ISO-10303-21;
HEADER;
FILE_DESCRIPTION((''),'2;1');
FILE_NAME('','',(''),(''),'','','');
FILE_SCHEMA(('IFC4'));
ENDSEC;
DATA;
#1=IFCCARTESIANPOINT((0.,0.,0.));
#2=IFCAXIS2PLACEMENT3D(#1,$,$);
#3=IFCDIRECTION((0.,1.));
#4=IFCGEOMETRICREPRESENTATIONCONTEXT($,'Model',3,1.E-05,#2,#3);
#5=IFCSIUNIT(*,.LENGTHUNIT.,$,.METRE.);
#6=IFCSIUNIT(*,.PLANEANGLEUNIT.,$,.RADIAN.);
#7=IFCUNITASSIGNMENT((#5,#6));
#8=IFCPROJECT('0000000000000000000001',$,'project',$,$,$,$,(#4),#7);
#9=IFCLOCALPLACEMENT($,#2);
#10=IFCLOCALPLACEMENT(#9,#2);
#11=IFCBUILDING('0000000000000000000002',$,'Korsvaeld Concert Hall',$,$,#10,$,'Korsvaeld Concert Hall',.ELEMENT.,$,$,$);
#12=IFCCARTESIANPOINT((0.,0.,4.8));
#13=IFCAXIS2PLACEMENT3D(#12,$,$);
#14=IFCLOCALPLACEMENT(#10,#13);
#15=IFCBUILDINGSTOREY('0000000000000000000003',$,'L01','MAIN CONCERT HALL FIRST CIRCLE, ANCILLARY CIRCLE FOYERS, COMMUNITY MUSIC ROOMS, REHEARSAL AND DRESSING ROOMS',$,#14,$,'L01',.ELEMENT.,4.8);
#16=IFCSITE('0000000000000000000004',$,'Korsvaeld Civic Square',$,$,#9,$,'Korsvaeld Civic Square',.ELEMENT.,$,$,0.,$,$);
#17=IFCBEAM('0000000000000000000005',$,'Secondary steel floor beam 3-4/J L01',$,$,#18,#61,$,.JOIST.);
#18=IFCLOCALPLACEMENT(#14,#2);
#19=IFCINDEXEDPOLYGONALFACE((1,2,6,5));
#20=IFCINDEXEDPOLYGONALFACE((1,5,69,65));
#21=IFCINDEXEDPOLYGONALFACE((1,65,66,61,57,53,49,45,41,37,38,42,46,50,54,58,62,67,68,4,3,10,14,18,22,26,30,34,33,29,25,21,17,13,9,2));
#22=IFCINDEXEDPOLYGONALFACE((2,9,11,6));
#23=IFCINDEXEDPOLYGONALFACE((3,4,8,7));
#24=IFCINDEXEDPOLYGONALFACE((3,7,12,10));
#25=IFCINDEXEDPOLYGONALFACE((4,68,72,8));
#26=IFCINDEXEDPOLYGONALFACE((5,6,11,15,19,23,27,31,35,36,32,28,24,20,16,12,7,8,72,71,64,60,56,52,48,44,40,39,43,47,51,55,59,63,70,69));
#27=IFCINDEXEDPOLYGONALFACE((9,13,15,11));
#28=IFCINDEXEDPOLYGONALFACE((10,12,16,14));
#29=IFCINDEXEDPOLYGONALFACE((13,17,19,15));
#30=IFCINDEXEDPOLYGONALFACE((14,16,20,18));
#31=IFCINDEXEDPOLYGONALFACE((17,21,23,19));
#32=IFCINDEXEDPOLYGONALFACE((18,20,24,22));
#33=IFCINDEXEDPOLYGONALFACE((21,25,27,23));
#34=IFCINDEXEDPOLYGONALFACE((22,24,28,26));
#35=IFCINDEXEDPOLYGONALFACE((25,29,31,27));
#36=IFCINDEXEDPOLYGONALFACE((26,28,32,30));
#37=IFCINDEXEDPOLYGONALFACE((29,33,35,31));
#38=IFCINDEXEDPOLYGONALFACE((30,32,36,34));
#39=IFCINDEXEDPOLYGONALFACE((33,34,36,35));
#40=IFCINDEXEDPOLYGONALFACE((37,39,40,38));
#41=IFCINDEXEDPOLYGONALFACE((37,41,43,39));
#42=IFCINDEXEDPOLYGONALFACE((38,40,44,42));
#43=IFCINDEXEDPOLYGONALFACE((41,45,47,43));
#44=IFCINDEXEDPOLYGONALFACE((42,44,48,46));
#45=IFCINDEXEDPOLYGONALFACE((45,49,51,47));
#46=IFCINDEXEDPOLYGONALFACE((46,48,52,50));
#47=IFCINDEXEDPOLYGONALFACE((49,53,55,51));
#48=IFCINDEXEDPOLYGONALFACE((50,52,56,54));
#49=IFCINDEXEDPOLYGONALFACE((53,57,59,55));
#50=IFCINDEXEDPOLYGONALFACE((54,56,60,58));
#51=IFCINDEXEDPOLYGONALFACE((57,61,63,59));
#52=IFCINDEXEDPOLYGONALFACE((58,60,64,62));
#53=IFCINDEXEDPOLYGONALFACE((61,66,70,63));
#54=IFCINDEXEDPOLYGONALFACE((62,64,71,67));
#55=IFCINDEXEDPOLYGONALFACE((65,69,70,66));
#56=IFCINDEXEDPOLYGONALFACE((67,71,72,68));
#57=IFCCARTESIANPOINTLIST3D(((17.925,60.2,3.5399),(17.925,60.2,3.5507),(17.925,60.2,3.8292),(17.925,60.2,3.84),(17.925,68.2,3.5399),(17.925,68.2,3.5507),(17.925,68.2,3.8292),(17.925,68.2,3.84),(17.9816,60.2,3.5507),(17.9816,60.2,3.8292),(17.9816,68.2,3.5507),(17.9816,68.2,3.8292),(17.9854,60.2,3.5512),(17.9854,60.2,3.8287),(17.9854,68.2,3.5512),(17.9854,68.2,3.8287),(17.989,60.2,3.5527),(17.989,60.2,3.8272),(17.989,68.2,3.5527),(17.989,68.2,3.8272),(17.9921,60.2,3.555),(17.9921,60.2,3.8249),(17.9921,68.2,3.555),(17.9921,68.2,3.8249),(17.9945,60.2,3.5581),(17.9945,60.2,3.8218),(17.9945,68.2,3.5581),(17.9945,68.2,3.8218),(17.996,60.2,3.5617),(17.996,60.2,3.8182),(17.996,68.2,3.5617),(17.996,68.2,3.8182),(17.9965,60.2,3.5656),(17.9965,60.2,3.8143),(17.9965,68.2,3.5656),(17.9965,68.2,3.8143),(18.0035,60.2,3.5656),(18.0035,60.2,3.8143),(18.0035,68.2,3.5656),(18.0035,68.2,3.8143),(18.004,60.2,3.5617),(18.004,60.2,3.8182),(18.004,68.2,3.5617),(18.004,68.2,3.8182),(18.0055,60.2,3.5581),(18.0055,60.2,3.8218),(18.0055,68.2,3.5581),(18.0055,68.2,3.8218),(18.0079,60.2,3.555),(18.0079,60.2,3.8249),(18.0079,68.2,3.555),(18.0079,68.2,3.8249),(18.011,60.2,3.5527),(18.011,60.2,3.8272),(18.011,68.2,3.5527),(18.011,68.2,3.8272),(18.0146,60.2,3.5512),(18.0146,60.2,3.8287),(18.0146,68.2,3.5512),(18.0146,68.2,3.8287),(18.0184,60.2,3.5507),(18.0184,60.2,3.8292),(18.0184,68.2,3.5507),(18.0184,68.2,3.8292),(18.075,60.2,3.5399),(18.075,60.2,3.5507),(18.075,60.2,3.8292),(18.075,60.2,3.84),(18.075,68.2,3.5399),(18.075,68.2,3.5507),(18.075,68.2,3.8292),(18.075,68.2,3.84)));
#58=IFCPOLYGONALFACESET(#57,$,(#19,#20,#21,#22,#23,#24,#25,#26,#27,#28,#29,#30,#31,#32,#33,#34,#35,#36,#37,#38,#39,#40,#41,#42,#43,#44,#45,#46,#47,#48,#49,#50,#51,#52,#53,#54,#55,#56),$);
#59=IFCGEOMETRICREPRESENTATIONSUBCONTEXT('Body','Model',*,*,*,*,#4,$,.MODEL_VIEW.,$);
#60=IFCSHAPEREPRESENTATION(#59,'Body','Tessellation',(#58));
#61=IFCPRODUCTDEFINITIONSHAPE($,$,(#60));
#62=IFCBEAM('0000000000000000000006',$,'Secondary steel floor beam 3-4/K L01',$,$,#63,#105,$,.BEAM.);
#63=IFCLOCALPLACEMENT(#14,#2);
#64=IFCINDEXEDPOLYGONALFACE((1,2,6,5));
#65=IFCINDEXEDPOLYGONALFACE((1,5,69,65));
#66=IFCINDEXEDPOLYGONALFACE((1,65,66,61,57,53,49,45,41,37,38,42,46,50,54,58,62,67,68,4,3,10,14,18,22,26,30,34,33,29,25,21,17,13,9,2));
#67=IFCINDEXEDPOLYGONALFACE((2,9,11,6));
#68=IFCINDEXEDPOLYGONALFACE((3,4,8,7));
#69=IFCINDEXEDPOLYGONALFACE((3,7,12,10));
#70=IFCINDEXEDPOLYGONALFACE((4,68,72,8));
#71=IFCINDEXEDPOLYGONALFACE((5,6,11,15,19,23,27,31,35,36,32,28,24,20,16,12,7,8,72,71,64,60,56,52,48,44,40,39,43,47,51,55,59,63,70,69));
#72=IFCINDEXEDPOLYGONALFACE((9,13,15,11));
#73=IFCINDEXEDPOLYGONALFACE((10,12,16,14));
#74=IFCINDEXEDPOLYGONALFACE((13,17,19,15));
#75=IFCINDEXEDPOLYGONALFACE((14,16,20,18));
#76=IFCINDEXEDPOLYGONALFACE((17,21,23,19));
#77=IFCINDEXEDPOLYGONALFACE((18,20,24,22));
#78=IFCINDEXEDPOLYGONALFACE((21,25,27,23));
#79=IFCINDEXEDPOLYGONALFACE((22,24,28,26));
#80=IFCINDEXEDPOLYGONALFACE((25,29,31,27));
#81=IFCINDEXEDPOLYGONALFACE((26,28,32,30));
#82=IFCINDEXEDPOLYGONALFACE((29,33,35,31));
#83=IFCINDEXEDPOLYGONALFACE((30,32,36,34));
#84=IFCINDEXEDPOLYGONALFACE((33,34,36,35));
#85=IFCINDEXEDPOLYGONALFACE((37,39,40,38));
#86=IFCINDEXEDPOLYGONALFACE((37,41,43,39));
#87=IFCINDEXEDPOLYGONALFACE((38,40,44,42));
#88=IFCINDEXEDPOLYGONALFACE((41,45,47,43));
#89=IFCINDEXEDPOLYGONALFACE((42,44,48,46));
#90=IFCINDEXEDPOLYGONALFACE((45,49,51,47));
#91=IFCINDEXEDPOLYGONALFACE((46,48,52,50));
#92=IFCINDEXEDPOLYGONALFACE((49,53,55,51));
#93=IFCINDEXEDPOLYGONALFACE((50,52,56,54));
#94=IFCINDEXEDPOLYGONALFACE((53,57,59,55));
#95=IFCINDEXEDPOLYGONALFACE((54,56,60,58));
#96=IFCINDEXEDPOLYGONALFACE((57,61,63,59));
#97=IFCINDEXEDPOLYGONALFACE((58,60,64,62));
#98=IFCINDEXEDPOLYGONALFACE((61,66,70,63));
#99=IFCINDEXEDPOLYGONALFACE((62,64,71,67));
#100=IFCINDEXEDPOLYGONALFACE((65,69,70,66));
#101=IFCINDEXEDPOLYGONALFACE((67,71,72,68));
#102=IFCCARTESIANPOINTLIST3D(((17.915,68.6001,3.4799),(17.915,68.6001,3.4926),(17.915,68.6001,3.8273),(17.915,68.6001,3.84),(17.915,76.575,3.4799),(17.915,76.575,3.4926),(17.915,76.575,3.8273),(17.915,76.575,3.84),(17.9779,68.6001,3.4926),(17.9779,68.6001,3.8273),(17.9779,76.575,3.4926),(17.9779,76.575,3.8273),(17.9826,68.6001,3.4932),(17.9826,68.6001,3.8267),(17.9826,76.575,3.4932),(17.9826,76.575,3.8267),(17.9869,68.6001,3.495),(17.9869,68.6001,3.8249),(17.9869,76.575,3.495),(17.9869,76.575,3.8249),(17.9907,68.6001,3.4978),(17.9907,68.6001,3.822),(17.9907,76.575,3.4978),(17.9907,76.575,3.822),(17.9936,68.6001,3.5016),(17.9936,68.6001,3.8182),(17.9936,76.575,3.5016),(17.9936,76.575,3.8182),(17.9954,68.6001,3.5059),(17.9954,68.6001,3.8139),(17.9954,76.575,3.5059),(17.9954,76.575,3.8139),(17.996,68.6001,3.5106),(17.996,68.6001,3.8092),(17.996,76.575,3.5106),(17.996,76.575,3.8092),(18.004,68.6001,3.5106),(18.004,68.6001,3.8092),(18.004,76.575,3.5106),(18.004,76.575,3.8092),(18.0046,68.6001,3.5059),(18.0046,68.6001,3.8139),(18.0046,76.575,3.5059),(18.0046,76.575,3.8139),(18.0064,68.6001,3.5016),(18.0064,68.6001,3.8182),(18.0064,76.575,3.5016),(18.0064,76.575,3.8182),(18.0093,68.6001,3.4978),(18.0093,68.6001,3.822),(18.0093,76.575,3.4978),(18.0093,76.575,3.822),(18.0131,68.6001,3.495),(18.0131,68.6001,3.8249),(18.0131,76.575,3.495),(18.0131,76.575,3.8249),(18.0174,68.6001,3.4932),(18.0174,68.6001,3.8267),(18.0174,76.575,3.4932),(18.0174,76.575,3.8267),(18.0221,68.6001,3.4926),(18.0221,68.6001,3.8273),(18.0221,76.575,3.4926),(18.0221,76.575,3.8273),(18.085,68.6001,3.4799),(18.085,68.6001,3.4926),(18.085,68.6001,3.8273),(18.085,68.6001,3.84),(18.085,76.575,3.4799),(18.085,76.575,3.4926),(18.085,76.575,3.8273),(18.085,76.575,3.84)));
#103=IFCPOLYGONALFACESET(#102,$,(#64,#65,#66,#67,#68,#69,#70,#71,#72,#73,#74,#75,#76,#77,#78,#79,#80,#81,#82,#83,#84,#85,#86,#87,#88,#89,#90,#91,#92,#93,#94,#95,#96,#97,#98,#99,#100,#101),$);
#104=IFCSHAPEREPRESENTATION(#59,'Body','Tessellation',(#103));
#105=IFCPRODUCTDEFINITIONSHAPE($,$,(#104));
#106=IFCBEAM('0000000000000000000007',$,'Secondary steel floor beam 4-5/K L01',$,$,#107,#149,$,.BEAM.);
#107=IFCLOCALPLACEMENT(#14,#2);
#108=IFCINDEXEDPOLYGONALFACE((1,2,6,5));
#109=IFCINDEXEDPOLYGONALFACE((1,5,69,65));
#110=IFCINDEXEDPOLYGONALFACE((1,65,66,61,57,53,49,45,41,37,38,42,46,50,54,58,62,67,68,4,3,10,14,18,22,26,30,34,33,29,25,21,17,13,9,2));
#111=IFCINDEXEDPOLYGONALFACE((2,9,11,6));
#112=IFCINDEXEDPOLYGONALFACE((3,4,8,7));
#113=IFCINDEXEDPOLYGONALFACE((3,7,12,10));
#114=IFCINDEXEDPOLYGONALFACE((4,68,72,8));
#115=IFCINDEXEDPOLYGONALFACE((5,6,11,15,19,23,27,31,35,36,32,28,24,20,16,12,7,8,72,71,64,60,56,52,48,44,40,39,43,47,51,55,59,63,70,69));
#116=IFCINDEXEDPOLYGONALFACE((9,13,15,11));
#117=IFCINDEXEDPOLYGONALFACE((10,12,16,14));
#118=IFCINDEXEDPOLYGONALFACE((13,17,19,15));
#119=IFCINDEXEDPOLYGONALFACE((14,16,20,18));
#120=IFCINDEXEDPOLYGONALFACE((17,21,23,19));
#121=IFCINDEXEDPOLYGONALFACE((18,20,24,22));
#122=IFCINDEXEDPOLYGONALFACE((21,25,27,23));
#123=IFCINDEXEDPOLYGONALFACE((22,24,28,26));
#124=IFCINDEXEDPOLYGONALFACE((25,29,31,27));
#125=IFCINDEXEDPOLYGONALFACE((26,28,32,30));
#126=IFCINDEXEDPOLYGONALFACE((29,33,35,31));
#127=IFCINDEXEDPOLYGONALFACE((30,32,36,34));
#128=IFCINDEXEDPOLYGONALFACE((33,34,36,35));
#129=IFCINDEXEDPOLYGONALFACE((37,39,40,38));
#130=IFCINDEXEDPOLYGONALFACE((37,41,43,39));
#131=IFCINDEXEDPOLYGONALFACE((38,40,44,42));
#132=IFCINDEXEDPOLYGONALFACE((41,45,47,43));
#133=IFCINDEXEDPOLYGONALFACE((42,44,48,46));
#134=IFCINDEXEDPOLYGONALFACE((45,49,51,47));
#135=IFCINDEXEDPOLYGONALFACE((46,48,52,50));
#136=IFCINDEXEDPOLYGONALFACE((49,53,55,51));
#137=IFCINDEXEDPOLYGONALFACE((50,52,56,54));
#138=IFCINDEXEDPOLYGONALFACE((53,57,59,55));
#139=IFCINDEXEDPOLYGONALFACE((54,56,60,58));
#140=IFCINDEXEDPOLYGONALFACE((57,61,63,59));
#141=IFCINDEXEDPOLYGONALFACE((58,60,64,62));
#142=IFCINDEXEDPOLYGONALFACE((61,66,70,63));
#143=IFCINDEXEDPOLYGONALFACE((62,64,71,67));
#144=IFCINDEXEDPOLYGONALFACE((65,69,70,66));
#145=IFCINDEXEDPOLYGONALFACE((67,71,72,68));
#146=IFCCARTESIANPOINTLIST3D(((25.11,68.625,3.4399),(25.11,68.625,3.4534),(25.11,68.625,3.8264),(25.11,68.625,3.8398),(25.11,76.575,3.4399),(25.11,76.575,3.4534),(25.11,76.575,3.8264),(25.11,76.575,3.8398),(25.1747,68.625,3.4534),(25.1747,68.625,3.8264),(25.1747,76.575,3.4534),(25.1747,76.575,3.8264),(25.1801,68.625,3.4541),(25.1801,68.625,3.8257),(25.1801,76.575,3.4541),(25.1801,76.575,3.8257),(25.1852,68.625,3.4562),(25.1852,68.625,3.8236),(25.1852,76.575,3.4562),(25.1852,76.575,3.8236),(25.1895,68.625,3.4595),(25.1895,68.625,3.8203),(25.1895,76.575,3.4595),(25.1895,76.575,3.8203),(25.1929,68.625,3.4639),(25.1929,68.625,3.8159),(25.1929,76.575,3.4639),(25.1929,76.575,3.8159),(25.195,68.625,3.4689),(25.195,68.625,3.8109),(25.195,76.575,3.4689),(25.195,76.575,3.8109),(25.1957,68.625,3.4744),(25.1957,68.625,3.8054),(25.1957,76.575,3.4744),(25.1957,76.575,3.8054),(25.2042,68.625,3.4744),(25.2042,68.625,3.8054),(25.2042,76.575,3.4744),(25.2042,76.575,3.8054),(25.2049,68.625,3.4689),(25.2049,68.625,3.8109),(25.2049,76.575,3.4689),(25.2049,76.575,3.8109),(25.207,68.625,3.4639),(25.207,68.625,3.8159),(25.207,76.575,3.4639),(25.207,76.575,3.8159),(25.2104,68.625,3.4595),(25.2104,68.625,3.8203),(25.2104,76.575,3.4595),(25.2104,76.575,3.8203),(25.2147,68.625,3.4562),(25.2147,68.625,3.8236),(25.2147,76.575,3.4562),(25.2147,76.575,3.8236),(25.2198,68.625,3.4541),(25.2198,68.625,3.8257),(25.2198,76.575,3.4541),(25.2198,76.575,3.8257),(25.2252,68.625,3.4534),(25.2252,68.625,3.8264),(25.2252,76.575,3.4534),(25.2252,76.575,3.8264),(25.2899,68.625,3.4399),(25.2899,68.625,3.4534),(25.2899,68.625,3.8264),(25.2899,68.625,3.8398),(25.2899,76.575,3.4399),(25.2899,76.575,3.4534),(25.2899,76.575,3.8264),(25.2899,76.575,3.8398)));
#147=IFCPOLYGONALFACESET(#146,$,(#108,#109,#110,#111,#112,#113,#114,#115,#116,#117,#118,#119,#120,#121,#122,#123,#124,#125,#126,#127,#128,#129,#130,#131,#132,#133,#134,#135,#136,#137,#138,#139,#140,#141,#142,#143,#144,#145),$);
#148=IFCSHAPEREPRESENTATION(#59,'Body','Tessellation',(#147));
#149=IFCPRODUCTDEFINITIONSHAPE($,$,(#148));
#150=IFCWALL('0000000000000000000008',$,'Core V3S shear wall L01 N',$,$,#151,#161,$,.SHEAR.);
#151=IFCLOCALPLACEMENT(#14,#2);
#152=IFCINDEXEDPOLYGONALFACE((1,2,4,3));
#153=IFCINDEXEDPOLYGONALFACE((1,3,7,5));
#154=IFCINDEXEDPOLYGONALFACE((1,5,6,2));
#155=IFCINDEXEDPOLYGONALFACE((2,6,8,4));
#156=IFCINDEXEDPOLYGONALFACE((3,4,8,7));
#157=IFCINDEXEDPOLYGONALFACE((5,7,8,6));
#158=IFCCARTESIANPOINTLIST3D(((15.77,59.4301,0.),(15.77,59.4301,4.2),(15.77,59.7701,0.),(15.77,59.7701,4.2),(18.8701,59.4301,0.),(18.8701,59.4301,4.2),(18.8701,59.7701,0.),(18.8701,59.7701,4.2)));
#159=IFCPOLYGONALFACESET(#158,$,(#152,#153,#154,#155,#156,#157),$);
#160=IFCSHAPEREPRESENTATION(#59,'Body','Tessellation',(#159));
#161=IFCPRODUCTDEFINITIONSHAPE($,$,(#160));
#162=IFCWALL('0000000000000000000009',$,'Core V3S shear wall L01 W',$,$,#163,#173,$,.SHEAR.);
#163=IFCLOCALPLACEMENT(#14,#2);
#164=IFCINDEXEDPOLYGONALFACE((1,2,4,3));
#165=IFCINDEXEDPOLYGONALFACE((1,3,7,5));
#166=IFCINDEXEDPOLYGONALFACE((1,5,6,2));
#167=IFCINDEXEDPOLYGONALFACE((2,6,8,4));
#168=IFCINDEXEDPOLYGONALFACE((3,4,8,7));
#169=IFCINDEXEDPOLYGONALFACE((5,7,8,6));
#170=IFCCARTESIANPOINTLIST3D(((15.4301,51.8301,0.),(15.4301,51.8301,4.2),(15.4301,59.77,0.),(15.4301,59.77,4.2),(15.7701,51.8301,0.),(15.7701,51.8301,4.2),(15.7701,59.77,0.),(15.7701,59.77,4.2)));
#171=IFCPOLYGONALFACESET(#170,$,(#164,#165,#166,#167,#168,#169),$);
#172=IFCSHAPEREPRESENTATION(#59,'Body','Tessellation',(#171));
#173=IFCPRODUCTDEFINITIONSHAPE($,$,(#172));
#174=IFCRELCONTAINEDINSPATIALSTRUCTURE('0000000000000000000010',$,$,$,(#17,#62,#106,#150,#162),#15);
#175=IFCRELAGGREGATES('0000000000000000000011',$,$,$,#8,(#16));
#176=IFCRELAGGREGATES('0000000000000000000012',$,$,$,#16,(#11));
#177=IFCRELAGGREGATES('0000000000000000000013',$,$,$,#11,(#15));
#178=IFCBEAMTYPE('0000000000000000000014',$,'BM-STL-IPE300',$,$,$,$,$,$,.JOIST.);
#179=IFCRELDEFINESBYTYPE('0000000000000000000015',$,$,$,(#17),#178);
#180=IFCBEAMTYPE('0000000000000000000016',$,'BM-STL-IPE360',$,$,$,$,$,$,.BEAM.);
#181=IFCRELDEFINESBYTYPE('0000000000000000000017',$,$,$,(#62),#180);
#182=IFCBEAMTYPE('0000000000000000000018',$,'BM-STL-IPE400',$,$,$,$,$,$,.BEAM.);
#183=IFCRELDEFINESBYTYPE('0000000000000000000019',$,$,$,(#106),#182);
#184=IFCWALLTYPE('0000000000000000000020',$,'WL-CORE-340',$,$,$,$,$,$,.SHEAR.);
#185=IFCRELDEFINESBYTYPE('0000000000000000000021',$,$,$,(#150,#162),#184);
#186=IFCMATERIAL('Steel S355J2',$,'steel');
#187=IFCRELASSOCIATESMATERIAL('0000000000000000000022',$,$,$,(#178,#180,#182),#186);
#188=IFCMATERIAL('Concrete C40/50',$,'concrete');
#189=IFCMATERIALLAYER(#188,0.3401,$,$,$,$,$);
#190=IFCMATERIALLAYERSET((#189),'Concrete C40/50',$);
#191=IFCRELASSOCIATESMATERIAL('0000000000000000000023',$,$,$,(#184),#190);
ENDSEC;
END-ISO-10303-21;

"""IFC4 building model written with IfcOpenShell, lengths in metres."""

from ifc_helpers import new_model, si_unit, direction, frame, frame_2d, origin, origin_2d, place, context, subcontext, project, spatial, rectangle, i_section, extrude, material, layer, layer_set, material_profile, profile_set, type_object, element, save


model = new_model("IFC4")

# Units and contexts
model_context = context("Model", 3, precision=1e-05, world=origin(), true_north=direction((0.0, 1.0)))
body_context = subcontext(model_context, "Body", "Model", "MODEL_VIEW")
ifc_project = project(units=[si_unit("LENGTHUNIT", "METRE"), si_unit("PLANEANGLEUNIT", "RADIAN")], contexts=[model_context])

# Site, building, storey
site_placement = place(None, origin())
site = spatial("IfcSite", under=ifc_project, at=site_placement, Name="Korsvaeld Civic Square", LongName="Korsvaeld Civic Square", CompositionType="ELEMENT", RefElevation=0.0)
building_placement = place(site_placement, origin())
building = spatial("IfcBuilding", under=site, at=building_placement, Name="Korsvaeld Concert Hall", LongName="Korsvaeld Concert Hall", CompositionType="ELEMENT")
storey_placement = place(building_placement, frame((0.0, 0.0, 4.8)))
storey = spatial("IfcBuildingStorey", under=building, at=storey_placement, Name="L01", Description="MAIN CONCERT HALL FIRST CIRCLE, ANCILLARY CIRCLE FOYERS, COMMUNITY MUSIC ROOMS, REHEARSAL AND DRESSING ROOMS", LongName="L01", CompositionType="ELEMENT", Elevation=4.8)

# Shared definitions
ifc_material_1 = material(Name="Concrete C40/50", Category="concrete")

# Beams
ifc_material_2 = material(Name="Steel S355J2", Category="steel")
ifc_material_profile_1 = material_profile(ifc_material_2, i_section(OverallWidth=0.1499, OverallDepth=0.3, WebThickness=0.0071, FlangeThickness=0.0107, FilletRadius=0.0149, at=origin_2d()), Name="IPE 300")
ifc_profile_set_1 = profile_set([ifc_material_profile_1], Name="Steel S355J2")
beam_type_1 = type_object("IfcBeamType", Name="BM-STL-IPE300", PredefinedType="JOIST", material=ifc_profile_set_1)
beam_1_placement = place(storey_placement, frame((18.0, 60.2, 3.6899), z_axis=(0.0, 1.0, 0.0), x_axis=(-1.0, 0.0, 0.0)))
element("IfcBeam", 1, at=beam_1_placement, inside=storey, type_object=beam_type_1, Name="Secondary steel floor beam 3-4/J L01", PredefinedType="JOIST", context=body_context, shape_type="SweptSolid", body=[
    extrude(i_section(OverallWidth=0.1499, OverallDepth=0.3, WebThickness=0.0071, FlangeThickness=0.0107, FilletRadius=0.0149, at=origin_2d()), origin(), (0.0, 0.0, 1.0), 8.0),
])
ifc_material_profile_2 = material_profile(ifc_material_2, i_section(OverallWidth=0.1699, OverallDepth=0.3601, WebThickness=0.0081, FlangeThickness=0.0127, FilletRadius=0.0181, at=origin_2d()), Name="IPE 360")
ifc_profile_set_2 = profile_set([ifc_material_profile_2], Name="Steel S355J2")
beam_type_2 = type_object("IfcBeamType", Name="BM-STL-IPE360", PredefinedType="BEAM", material=ifc_profile_set_2)
beam_2_placement = place(storey_placement, frame((18.0, 68.6001, 3.6599), z_axis=(0.0, 1.0, 0.0), x_axis=(-1.0, 0.0, 0.0)))
element("IfcBeam", 2, at=beam_2_placement, inside=storey, type_object=beam_type_2, Name="Secondary steel floor beam 3-4/K L01", PredefinedType="BEAM", context=body_context, shape_type="SweptSolid", body=[
    extrude(i_section(OverallWidth=0.1699, OverallDepth=0.3601, WebThickness=0.0081, FlangeThickness=0.0127, FilletRadius=0.0181, at=origin_2d()), origin(), (0.0, 0.0, 1.0), 7.9749),
])
ifc_material_profile_3 = material_profile(ifc_material_2, i_section(OverallWidth=0.1799, OverallDepth=0.3999, WebThickness=0.0085, FlangeThickness=0.0134, FilletRadius=0.021, at=origin_2d()), Name="IPE 400")
ifc_profile_set_3 = profile_set([ifc_material_profile_3], Name="Steel S355J2")
beam_type_3 = type_object("IfcBeamType", Name="BM-STL-IPE400", PredefinedType="BEAM", material=ifc_profile_set_3)
beam_3_placement = place(storey_placement, frame((25.2, 68.625, 3.6399), z_axis=(0.0, 1.0, 0.0), x_axis=(-1.0, 0.0, 0.0)))
element("IfcBeam", 3, at=beam_3_placement, inside=storey, type_object=beam_type_3, Name="Secondary steel floor beam 4-5/K L01", PredefinedType="BEAM", context=body_context, shape_type="SweptSolid", body=[
    extrude(i_section(OverallWidth=0.1799, OverallDepth=0.3999, WebThickness=0.0085, FlangeThickness=0.0134, FilletRadius=0.021, at=origin_2d()), origin(), (0.0, 0.0, 1.0), 7.95),
])

# Walls
ifc_layer_1 = layer(ifc_material_1, 0.3401)
ifc_layer_set_1 = layer_set([ifc_layer_1], Name="Concrete C40/50")
wall_type_1 = type_object("IfcWallType", Name="WL-CORE-340", PredefinedType="SHEAR", material=ifc_layer_set_1)
wall_1_placement = place(storey_placement, frame((18.8701, 59.6001, 0.0), z_axis=(0.0, 0.0, 1.0), x_axis=(-1.0, 0.0, 0.0)))
element("IfcWall", 4, at=wall_1_placement, inside=storey, type_object=wall_type_1, Name="Core V3S shear wall L01 N", PredefinedType="SHEAR", context=body_context, shape_type="SweptSolid", body=[
    extrude(rectangle(XDim=3.1001, YDim=0.3401, at=frame_2d((1.55, 0.0))), origin(), (0.0, 0.0, 1.0), 4.2),
])
wall_2_placement = place(storey_placement, frame((15.6001, 59.77, 0.0), z_axis=(0.0, 0.0, 1.0), x_axis=(0.0, -1.0, 0.0)))
element("IfcWall", 5, at=wall_2_placement, inside=storey, type_object=wall_type_1, Name="Core V3S shear wall L01 W", PredefinedType="SHEAR", context=body_context, shape_type="SweptSolid", body=[
    extrude(rectangle(XDim=7.9399, YDim=0.3401, at=frame_2d((3.97, 0.0))), origin(), (0.0, 0.0, 1.0), 4.2),
])

save(model, "model.ifc")
